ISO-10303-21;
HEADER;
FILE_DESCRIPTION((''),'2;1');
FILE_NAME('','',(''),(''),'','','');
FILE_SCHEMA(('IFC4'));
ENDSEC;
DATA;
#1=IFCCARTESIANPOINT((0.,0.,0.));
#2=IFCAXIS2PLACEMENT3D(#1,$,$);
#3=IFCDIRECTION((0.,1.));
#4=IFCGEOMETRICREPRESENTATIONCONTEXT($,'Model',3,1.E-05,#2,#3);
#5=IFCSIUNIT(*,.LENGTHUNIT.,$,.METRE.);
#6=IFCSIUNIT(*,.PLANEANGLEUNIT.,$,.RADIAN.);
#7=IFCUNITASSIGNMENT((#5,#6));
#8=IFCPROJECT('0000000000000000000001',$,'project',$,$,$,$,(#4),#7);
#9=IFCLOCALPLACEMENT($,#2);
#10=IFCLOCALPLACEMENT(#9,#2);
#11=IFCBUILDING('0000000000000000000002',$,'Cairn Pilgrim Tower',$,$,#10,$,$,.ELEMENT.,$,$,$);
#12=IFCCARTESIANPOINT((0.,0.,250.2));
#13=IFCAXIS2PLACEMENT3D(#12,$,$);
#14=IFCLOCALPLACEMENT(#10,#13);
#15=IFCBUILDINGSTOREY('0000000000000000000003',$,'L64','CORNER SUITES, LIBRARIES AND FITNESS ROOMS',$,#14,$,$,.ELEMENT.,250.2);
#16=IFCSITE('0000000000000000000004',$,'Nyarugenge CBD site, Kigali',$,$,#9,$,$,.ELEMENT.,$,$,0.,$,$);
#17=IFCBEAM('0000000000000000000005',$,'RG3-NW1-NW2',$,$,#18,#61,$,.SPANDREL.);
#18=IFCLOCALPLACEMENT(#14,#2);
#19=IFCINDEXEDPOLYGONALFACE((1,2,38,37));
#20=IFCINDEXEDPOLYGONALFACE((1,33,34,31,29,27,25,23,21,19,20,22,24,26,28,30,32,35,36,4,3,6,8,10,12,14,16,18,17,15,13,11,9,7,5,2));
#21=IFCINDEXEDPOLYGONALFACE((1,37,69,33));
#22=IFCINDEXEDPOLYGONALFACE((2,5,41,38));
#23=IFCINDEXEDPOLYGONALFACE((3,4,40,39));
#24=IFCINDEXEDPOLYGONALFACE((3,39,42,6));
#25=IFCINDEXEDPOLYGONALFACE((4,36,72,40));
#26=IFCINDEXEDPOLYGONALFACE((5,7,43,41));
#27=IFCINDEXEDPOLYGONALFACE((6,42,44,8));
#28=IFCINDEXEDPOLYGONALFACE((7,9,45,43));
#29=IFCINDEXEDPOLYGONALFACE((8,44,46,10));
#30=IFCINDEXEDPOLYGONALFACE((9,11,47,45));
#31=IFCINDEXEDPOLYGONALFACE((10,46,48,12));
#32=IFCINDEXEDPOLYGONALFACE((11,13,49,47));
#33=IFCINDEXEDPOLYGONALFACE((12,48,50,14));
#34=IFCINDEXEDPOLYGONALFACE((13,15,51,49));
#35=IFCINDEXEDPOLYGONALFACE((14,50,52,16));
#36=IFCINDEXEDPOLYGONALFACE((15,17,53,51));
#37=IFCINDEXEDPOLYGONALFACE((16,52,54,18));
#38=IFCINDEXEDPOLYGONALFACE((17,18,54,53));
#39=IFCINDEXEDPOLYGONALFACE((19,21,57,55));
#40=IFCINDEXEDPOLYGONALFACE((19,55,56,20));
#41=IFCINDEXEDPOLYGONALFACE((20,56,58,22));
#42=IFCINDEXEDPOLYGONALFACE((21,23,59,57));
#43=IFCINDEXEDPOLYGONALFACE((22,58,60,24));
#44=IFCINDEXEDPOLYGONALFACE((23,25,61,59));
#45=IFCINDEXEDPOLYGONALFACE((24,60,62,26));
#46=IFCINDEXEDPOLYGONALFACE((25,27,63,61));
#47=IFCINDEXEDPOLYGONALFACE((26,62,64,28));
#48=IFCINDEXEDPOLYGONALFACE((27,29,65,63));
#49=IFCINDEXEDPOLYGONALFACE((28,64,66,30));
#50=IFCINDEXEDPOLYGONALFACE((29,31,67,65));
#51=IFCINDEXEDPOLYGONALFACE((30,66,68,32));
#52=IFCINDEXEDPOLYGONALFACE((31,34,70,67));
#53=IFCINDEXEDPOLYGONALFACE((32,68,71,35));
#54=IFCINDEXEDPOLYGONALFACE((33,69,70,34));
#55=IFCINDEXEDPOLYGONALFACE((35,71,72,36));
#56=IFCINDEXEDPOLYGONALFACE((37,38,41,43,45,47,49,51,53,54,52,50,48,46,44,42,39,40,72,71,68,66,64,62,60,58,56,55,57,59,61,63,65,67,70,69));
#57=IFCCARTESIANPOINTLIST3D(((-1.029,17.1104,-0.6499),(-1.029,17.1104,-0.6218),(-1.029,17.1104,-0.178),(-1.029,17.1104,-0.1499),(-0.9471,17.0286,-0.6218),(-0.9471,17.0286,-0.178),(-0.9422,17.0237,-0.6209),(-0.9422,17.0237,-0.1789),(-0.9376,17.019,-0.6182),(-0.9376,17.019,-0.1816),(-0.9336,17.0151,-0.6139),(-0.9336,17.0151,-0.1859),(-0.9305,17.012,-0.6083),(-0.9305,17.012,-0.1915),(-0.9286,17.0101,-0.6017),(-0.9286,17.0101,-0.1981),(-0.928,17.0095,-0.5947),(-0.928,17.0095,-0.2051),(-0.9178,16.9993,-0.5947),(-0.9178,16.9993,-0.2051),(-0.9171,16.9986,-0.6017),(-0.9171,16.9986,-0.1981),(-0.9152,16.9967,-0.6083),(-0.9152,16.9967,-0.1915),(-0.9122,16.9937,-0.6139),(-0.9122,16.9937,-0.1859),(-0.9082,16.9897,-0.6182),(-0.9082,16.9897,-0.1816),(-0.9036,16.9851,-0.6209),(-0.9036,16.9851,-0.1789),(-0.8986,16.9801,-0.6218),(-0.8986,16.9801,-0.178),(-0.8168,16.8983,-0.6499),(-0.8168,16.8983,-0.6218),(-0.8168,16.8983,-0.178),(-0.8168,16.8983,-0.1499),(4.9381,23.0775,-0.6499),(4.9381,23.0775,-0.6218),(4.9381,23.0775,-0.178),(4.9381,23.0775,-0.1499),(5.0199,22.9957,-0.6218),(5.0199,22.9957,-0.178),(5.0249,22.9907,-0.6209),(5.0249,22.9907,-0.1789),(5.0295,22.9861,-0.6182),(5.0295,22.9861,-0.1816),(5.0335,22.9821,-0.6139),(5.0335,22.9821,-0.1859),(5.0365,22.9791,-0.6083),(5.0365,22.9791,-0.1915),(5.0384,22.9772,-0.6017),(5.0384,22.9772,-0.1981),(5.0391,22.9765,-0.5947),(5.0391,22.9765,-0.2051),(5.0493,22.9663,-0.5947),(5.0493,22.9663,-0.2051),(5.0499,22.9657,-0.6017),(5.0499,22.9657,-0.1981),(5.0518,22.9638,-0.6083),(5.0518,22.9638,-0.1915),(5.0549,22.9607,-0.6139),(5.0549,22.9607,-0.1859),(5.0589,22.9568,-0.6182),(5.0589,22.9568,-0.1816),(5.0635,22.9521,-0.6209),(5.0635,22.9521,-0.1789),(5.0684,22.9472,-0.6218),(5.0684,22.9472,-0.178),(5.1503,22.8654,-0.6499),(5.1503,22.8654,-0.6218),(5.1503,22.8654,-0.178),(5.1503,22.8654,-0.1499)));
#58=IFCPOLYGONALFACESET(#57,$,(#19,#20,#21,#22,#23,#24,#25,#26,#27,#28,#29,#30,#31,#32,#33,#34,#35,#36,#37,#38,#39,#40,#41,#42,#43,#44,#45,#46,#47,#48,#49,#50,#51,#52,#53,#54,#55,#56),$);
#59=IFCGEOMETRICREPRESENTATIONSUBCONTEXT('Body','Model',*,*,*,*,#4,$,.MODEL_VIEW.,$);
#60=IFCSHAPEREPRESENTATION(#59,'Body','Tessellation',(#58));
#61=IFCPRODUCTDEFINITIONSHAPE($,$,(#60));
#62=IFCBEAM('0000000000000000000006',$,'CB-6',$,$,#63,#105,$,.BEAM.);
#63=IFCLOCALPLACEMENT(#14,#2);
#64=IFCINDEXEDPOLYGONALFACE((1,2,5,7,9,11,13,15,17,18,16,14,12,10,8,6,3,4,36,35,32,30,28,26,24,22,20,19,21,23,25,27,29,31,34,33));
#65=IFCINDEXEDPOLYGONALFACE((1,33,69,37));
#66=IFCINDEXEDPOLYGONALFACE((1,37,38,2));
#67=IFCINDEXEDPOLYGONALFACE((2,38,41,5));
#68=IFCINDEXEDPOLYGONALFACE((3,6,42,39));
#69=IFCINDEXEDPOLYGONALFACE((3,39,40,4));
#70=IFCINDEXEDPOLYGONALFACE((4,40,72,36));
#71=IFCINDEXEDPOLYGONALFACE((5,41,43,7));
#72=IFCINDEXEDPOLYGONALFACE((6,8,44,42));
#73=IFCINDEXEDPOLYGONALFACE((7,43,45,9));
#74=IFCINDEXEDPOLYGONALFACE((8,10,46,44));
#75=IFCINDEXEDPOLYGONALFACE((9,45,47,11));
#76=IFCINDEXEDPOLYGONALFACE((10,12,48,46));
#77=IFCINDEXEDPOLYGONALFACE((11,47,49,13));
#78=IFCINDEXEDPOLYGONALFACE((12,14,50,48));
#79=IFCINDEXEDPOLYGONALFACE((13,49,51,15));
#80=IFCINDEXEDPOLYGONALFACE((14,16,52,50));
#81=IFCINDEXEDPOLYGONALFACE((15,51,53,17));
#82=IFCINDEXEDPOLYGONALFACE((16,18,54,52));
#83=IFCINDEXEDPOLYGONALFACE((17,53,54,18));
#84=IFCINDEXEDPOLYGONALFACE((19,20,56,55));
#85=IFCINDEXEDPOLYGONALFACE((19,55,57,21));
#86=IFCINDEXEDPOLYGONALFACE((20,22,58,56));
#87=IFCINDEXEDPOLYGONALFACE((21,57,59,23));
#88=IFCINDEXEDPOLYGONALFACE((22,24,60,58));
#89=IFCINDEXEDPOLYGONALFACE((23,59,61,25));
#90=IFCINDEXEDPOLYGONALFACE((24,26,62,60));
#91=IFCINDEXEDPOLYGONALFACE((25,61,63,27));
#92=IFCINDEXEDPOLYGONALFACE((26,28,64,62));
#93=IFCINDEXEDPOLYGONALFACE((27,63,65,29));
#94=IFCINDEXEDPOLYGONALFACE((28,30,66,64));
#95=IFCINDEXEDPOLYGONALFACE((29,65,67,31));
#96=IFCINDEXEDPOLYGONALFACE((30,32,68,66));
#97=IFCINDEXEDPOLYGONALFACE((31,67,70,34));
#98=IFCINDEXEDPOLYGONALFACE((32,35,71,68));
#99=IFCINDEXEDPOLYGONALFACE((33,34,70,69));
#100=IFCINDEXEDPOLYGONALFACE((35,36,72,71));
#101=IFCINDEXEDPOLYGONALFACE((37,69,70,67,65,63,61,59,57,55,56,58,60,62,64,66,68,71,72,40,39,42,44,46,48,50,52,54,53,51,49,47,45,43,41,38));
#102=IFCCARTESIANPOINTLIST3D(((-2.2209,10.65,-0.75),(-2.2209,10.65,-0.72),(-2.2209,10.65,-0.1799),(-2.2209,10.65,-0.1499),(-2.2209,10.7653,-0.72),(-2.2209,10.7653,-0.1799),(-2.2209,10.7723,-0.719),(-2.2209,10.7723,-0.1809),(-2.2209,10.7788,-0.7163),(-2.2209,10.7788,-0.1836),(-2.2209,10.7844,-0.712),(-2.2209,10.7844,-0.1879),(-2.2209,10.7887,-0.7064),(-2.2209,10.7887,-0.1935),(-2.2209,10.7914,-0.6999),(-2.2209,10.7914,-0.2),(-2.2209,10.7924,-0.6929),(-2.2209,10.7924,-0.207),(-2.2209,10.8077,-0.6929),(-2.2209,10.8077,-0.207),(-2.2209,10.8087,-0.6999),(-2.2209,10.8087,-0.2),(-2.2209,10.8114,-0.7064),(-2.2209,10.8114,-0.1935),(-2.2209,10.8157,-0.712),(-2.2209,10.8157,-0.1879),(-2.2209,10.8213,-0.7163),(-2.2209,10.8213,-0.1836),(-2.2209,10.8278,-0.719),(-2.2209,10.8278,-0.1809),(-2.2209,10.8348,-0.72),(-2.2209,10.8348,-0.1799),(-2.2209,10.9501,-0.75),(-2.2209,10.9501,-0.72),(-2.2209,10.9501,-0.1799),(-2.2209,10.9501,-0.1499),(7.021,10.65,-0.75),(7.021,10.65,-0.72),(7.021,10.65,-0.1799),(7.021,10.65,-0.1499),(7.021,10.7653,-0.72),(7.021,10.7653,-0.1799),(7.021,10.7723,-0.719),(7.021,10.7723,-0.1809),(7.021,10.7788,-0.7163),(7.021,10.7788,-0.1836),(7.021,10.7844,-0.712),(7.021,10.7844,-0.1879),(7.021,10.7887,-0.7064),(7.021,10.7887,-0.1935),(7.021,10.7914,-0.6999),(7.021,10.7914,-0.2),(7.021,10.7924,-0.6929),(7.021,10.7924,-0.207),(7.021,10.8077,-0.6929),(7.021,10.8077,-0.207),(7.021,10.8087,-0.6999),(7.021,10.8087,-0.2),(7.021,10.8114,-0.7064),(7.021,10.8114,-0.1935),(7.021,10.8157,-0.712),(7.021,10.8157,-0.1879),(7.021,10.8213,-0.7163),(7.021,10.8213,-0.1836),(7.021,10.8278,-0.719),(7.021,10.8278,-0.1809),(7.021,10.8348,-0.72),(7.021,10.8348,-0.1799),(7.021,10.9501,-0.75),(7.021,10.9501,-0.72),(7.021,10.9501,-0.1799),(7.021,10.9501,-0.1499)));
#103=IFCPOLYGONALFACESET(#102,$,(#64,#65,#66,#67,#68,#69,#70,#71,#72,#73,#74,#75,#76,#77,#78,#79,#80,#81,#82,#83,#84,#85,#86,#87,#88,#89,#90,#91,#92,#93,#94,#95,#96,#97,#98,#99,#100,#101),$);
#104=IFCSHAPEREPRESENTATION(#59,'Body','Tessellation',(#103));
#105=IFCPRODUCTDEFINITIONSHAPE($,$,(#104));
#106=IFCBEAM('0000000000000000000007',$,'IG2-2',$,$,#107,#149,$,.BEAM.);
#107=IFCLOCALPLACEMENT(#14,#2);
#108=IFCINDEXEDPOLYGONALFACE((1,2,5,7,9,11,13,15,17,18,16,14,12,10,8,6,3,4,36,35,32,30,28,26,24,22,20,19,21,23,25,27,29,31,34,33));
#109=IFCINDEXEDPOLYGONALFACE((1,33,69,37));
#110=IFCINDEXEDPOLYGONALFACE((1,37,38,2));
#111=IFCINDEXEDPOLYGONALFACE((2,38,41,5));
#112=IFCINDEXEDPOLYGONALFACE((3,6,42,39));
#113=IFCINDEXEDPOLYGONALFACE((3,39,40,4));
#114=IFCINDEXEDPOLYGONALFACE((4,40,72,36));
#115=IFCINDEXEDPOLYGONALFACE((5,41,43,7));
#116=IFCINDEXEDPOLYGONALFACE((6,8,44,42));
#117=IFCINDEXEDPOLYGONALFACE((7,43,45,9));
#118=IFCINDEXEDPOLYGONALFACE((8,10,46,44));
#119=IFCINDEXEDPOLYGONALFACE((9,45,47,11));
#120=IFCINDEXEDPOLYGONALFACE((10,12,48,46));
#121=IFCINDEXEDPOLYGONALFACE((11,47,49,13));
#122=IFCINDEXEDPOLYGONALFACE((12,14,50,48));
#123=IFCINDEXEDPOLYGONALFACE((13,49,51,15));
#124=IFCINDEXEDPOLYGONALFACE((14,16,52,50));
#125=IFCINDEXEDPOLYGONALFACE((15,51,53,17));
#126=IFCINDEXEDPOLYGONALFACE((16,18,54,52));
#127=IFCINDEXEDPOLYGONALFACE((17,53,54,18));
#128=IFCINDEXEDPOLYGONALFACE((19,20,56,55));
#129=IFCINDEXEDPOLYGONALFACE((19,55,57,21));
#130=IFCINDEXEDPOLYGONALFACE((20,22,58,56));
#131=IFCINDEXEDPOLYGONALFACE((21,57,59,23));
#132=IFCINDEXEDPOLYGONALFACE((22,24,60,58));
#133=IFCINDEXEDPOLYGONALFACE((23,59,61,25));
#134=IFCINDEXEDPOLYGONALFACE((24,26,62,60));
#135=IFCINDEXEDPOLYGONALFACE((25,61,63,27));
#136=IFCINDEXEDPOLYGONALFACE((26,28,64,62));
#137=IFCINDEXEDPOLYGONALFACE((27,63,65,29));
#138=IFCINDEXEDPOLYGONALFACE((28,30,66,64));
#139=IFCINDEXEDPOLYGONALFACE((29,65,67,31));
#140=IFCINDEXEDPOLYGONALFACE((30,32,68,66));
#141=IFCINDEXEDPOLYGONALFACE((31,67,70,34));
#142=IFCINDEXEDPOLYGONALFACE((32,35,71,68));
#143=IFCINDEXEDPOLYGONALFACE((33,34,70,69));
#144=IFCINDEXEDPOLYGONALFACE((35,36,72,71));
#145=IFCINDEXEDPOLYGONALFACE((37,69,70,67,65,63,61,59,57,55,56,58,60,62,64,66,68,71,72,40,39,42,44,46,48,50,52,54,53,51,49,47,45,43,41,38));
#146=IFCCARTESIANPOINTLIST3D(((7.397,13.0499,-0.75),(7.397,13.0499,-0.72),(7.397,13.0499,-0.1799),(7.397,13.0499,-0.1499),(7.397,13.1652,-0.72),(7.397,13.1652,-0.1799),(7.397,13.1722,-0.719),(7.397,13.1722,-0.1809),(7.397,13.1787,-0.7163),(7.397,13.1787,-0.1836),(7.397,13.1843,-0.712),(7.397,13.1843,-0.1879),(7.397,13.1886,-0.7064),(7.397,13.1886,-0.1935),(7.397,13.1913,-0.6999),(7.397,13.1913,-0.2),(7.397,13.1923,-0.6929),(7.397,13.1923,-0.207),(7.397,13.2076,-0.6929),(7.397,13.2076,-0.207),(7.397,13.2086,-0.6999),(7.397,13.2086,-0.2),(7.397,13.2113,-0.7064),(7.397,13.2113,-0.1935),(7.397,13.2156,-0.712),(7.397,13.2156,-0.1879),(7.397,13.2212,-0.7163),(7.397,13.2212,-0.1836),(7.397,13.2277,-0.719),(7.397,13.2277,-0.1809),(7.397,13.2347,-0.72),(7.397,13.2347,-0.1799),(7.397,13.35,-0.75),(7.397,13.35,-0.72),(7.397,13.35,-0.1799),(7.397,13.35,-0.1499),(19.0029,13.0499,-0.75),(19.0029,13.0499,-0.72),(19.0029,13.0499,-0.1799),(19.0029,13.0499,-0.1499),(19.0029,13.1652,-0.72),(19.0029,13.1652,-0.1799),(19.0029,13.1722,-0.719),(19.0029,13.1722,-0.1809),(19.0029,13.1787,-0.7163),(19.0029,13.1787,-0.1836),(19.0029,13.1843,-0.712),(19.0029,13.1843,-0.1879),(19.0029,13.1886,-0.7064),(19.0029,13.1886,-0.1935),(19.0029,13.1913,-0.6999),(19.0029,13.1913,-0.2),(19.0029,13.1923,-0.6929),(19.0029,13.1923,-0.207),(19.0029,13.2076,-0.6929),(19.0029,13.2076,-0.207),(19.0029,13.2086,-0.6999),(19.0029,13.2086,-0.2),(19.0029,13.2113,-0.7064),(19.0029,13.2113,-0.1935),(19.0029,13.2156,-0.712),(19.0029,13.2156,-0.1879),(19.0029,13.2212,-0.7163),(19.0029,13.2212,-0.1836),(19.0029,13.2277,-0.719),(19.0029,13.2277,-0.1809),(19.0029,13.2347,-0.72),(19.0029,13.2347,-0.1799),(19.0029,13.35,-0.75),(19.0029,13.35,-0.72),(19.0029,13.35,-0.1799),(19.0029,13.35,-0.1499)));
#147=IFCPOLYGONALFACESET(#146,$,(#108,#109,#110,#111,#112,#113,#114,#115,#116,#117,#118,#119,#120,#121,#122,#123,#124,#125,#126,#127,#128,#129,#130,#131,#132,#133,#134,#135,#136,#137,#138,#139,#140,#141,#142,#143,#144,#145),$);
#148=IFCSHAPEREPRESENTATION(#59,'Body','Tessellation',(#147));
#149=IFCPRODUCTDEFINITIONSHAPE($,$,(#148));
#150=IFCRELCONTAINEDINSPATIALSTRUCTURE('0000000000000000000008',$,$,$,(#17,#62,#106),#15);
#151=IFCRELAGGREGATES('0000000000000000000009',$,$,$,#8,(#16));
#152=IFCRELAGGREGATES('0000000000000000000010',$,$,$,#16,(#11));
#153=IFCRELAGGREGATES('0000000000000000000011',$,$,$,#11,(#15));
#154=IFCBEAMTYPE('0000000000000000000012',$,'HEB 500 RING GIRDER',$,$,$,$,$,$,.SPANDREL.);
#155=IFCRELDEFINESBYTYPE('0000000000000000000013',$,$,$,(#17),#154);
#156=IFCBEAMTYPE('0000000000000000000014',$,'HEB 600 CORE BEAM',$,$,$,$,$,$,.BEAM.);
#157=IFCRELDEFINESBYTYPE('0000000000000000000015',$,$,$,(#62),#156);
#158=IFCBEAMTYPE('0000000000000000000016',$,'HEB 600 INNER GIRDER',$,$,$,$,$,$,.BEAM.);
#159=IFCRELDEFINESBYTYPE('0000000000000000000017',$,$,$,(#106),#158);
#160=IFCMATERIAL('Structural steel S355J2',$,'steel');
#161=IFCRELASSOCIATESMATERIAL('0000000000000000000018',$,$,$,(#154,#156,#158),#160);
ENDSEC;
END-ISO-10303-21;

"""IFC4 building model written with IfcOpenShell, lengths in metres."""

from ifc_helpers import new_model, si_unit, direction, frame, origin, origin_2d, place, context, subcontext, project, spatial, i_section, extrude, material, material_profile, profile_set, type_object, element, save


model = new_model("IFC4")

# Units and contexts
model_context = context("Model", 3, precision=1e-05, world=origin(), true_north=direction((0.0, 1.0)))
body_context = subcontext(model_context, "Body", "Model", "MODEL_VIEW")
ifc_project = project(units=[si_unit("LENGTHUNIT", "METRE"), si_unit("PLANEANGLEUNIT", "RADIAN")], contexts=[model_context])

# Site, building, storey
site_placement = place(None, origin())
site = spatial("IfcSite", under=ifc_project, at=site_placement, Name="Nyarugenge CBD site, Kigali", CompositionType="ELEMENT", RefElevation=0.0)
building_placement = place(site_placement, origin())
building = spatial("IfcBuilding", under=site, at=building_placement, Name="Cairn Pilgrim Tower", CompositionType="ELEMENT")
storey_placement = place(building_placement, frame((0.0, 0.0, 250.2)))
storey = spatial("IfcBuildingStorey", under=building, at=storey_placement, Name="L64", Description="CORNER SUITES, LIBRARIES AND FITNESS ROOMS", CompositionType="ELEMENT", Elevation=250.2)

# Shared definitions
ifc_material_1 = material(Name="Structural steel S355J2", Category="steel")

# Beams
ifc_material_profile_1 = material_profile(ifc_material_1, i_section(OverallWidth=0.3, OverallDepth=0.5, WebThickness=0.0144, FlangeThickness=0.0281, FilletRadius=0.0271, at=origin_2d()), Name="HEB 500")
ifc_profile_set_1 = profile_set([ifc_material_profile_1], Name="Structural steel S355J2")
beam_type_1 = type_object("IfcBeamType", Name="HEB 500 RING GIRDER", PredefinedType="SPANDREL", material=ifc_profile_set_1)
beam_1_placement = place(storey_placement, frame((5.0442, 22.9714, -0.3999), z_axis=(-0.707107, -0.707107, 0.0), x_axis=(0.707107, -0.707107, 0.0)))
element("IfcBeam", 1, at=beam_1_placement, inside=storey, type_object=beam_type_1, Name="RG3-NW1-NW2", PredefinedType="SPANDREL", context=body_context, shape_type="SweptSolid", body=[
    extrude(i_section(OverallWidth=0.3, OverallDepth=0.5, WebThickness=0.0144, FlangeThickness=0.0281, FilletRadius=0.0271, at=origin_2d()), origin(), (0.0, 0.0, 1.0), 8.4387),
])
ifc_material_profile_2 = material_profile(ifc_material_1, i_section(OverallWidth=0.3, OverallDepth=0.6001, WebThickness=0.0154, FlangeThickness=0.03, FilletRadius=0.0271, at=origin_2d()), Name="HEB 600")
ifc_profile_set_2 = profile_set([ifc_material_profile_2], Name="Structural steel S355J2")
beam_type_2 = type_object("IfcBeamType", Name="HEB 600 CORE BEAM", PredefinedType="BEAM", material=ifc_profile_set_2)
beam_2_placement = place(storey_placement, frame((7.021, 10.8, -0.45), z_axis=(-1.0, 0.0, 0.0), x_axis=(0.0, -1.0, 0.0)))
element("IfcBeam", 2, at=beam_2_placement, inside=storey, type_object=beam_type_2, Name="CB-6", PredefinedType="BEAM", context=body_context, shape_type="SweptSolid", body=[
    extrude(i_section(OverallWidth=0.3, OverallDepth=0.6001, WebThickness=0.0154, FlangeThickness=0.03, FilletRadius=0.0271, at=origin_2d()), origin(), (0.0, 0.0, 1.0), 9.2419),
])
ifc_material_profile_3 = material_profile(ifc_material_1, i_section(OverallWidth=0.3, OverallDepth=0.6001, WebThickness=0.0154, FlangeThickness=0.03, FilletRadius=0.0271, at=origin_2d()), Name="HEB 600")
ifc_profile_set_3 = profile_set([ifc_material_profile_3], Name="Structural steel S355J2")
beam_type_3 = type_object("IfcBeamType", Name="HEB 600 INNER GIRDER", PredefinedType="BEAM", material=ifc_profile_set_3)
beam_3_placement = place(storey_placement, frame((7.397, 13.2, -0.45), z_axis=(1.0, 0.0, 0.0), x_axis=(0.0, 1.0, 0.0)))
element("IfcBeam", 3, at=beam_3_placement, inside=storey, type_object=beam_type_3, Name="IG2-2", PredefinedType="BEAM", context=body_context, shape_type="SweptSolid", body=[
    extrude(i_section(OverallWidth=0.3, OverallDepth=0.6001, WebThickness=0.0154, FlangeThickness=0.03, FilletRadius=0.0271, at=origin_2d()), origin(), (0.0, 0.0, 1.0), 11.606),
])

save(model, "model.ifc")
